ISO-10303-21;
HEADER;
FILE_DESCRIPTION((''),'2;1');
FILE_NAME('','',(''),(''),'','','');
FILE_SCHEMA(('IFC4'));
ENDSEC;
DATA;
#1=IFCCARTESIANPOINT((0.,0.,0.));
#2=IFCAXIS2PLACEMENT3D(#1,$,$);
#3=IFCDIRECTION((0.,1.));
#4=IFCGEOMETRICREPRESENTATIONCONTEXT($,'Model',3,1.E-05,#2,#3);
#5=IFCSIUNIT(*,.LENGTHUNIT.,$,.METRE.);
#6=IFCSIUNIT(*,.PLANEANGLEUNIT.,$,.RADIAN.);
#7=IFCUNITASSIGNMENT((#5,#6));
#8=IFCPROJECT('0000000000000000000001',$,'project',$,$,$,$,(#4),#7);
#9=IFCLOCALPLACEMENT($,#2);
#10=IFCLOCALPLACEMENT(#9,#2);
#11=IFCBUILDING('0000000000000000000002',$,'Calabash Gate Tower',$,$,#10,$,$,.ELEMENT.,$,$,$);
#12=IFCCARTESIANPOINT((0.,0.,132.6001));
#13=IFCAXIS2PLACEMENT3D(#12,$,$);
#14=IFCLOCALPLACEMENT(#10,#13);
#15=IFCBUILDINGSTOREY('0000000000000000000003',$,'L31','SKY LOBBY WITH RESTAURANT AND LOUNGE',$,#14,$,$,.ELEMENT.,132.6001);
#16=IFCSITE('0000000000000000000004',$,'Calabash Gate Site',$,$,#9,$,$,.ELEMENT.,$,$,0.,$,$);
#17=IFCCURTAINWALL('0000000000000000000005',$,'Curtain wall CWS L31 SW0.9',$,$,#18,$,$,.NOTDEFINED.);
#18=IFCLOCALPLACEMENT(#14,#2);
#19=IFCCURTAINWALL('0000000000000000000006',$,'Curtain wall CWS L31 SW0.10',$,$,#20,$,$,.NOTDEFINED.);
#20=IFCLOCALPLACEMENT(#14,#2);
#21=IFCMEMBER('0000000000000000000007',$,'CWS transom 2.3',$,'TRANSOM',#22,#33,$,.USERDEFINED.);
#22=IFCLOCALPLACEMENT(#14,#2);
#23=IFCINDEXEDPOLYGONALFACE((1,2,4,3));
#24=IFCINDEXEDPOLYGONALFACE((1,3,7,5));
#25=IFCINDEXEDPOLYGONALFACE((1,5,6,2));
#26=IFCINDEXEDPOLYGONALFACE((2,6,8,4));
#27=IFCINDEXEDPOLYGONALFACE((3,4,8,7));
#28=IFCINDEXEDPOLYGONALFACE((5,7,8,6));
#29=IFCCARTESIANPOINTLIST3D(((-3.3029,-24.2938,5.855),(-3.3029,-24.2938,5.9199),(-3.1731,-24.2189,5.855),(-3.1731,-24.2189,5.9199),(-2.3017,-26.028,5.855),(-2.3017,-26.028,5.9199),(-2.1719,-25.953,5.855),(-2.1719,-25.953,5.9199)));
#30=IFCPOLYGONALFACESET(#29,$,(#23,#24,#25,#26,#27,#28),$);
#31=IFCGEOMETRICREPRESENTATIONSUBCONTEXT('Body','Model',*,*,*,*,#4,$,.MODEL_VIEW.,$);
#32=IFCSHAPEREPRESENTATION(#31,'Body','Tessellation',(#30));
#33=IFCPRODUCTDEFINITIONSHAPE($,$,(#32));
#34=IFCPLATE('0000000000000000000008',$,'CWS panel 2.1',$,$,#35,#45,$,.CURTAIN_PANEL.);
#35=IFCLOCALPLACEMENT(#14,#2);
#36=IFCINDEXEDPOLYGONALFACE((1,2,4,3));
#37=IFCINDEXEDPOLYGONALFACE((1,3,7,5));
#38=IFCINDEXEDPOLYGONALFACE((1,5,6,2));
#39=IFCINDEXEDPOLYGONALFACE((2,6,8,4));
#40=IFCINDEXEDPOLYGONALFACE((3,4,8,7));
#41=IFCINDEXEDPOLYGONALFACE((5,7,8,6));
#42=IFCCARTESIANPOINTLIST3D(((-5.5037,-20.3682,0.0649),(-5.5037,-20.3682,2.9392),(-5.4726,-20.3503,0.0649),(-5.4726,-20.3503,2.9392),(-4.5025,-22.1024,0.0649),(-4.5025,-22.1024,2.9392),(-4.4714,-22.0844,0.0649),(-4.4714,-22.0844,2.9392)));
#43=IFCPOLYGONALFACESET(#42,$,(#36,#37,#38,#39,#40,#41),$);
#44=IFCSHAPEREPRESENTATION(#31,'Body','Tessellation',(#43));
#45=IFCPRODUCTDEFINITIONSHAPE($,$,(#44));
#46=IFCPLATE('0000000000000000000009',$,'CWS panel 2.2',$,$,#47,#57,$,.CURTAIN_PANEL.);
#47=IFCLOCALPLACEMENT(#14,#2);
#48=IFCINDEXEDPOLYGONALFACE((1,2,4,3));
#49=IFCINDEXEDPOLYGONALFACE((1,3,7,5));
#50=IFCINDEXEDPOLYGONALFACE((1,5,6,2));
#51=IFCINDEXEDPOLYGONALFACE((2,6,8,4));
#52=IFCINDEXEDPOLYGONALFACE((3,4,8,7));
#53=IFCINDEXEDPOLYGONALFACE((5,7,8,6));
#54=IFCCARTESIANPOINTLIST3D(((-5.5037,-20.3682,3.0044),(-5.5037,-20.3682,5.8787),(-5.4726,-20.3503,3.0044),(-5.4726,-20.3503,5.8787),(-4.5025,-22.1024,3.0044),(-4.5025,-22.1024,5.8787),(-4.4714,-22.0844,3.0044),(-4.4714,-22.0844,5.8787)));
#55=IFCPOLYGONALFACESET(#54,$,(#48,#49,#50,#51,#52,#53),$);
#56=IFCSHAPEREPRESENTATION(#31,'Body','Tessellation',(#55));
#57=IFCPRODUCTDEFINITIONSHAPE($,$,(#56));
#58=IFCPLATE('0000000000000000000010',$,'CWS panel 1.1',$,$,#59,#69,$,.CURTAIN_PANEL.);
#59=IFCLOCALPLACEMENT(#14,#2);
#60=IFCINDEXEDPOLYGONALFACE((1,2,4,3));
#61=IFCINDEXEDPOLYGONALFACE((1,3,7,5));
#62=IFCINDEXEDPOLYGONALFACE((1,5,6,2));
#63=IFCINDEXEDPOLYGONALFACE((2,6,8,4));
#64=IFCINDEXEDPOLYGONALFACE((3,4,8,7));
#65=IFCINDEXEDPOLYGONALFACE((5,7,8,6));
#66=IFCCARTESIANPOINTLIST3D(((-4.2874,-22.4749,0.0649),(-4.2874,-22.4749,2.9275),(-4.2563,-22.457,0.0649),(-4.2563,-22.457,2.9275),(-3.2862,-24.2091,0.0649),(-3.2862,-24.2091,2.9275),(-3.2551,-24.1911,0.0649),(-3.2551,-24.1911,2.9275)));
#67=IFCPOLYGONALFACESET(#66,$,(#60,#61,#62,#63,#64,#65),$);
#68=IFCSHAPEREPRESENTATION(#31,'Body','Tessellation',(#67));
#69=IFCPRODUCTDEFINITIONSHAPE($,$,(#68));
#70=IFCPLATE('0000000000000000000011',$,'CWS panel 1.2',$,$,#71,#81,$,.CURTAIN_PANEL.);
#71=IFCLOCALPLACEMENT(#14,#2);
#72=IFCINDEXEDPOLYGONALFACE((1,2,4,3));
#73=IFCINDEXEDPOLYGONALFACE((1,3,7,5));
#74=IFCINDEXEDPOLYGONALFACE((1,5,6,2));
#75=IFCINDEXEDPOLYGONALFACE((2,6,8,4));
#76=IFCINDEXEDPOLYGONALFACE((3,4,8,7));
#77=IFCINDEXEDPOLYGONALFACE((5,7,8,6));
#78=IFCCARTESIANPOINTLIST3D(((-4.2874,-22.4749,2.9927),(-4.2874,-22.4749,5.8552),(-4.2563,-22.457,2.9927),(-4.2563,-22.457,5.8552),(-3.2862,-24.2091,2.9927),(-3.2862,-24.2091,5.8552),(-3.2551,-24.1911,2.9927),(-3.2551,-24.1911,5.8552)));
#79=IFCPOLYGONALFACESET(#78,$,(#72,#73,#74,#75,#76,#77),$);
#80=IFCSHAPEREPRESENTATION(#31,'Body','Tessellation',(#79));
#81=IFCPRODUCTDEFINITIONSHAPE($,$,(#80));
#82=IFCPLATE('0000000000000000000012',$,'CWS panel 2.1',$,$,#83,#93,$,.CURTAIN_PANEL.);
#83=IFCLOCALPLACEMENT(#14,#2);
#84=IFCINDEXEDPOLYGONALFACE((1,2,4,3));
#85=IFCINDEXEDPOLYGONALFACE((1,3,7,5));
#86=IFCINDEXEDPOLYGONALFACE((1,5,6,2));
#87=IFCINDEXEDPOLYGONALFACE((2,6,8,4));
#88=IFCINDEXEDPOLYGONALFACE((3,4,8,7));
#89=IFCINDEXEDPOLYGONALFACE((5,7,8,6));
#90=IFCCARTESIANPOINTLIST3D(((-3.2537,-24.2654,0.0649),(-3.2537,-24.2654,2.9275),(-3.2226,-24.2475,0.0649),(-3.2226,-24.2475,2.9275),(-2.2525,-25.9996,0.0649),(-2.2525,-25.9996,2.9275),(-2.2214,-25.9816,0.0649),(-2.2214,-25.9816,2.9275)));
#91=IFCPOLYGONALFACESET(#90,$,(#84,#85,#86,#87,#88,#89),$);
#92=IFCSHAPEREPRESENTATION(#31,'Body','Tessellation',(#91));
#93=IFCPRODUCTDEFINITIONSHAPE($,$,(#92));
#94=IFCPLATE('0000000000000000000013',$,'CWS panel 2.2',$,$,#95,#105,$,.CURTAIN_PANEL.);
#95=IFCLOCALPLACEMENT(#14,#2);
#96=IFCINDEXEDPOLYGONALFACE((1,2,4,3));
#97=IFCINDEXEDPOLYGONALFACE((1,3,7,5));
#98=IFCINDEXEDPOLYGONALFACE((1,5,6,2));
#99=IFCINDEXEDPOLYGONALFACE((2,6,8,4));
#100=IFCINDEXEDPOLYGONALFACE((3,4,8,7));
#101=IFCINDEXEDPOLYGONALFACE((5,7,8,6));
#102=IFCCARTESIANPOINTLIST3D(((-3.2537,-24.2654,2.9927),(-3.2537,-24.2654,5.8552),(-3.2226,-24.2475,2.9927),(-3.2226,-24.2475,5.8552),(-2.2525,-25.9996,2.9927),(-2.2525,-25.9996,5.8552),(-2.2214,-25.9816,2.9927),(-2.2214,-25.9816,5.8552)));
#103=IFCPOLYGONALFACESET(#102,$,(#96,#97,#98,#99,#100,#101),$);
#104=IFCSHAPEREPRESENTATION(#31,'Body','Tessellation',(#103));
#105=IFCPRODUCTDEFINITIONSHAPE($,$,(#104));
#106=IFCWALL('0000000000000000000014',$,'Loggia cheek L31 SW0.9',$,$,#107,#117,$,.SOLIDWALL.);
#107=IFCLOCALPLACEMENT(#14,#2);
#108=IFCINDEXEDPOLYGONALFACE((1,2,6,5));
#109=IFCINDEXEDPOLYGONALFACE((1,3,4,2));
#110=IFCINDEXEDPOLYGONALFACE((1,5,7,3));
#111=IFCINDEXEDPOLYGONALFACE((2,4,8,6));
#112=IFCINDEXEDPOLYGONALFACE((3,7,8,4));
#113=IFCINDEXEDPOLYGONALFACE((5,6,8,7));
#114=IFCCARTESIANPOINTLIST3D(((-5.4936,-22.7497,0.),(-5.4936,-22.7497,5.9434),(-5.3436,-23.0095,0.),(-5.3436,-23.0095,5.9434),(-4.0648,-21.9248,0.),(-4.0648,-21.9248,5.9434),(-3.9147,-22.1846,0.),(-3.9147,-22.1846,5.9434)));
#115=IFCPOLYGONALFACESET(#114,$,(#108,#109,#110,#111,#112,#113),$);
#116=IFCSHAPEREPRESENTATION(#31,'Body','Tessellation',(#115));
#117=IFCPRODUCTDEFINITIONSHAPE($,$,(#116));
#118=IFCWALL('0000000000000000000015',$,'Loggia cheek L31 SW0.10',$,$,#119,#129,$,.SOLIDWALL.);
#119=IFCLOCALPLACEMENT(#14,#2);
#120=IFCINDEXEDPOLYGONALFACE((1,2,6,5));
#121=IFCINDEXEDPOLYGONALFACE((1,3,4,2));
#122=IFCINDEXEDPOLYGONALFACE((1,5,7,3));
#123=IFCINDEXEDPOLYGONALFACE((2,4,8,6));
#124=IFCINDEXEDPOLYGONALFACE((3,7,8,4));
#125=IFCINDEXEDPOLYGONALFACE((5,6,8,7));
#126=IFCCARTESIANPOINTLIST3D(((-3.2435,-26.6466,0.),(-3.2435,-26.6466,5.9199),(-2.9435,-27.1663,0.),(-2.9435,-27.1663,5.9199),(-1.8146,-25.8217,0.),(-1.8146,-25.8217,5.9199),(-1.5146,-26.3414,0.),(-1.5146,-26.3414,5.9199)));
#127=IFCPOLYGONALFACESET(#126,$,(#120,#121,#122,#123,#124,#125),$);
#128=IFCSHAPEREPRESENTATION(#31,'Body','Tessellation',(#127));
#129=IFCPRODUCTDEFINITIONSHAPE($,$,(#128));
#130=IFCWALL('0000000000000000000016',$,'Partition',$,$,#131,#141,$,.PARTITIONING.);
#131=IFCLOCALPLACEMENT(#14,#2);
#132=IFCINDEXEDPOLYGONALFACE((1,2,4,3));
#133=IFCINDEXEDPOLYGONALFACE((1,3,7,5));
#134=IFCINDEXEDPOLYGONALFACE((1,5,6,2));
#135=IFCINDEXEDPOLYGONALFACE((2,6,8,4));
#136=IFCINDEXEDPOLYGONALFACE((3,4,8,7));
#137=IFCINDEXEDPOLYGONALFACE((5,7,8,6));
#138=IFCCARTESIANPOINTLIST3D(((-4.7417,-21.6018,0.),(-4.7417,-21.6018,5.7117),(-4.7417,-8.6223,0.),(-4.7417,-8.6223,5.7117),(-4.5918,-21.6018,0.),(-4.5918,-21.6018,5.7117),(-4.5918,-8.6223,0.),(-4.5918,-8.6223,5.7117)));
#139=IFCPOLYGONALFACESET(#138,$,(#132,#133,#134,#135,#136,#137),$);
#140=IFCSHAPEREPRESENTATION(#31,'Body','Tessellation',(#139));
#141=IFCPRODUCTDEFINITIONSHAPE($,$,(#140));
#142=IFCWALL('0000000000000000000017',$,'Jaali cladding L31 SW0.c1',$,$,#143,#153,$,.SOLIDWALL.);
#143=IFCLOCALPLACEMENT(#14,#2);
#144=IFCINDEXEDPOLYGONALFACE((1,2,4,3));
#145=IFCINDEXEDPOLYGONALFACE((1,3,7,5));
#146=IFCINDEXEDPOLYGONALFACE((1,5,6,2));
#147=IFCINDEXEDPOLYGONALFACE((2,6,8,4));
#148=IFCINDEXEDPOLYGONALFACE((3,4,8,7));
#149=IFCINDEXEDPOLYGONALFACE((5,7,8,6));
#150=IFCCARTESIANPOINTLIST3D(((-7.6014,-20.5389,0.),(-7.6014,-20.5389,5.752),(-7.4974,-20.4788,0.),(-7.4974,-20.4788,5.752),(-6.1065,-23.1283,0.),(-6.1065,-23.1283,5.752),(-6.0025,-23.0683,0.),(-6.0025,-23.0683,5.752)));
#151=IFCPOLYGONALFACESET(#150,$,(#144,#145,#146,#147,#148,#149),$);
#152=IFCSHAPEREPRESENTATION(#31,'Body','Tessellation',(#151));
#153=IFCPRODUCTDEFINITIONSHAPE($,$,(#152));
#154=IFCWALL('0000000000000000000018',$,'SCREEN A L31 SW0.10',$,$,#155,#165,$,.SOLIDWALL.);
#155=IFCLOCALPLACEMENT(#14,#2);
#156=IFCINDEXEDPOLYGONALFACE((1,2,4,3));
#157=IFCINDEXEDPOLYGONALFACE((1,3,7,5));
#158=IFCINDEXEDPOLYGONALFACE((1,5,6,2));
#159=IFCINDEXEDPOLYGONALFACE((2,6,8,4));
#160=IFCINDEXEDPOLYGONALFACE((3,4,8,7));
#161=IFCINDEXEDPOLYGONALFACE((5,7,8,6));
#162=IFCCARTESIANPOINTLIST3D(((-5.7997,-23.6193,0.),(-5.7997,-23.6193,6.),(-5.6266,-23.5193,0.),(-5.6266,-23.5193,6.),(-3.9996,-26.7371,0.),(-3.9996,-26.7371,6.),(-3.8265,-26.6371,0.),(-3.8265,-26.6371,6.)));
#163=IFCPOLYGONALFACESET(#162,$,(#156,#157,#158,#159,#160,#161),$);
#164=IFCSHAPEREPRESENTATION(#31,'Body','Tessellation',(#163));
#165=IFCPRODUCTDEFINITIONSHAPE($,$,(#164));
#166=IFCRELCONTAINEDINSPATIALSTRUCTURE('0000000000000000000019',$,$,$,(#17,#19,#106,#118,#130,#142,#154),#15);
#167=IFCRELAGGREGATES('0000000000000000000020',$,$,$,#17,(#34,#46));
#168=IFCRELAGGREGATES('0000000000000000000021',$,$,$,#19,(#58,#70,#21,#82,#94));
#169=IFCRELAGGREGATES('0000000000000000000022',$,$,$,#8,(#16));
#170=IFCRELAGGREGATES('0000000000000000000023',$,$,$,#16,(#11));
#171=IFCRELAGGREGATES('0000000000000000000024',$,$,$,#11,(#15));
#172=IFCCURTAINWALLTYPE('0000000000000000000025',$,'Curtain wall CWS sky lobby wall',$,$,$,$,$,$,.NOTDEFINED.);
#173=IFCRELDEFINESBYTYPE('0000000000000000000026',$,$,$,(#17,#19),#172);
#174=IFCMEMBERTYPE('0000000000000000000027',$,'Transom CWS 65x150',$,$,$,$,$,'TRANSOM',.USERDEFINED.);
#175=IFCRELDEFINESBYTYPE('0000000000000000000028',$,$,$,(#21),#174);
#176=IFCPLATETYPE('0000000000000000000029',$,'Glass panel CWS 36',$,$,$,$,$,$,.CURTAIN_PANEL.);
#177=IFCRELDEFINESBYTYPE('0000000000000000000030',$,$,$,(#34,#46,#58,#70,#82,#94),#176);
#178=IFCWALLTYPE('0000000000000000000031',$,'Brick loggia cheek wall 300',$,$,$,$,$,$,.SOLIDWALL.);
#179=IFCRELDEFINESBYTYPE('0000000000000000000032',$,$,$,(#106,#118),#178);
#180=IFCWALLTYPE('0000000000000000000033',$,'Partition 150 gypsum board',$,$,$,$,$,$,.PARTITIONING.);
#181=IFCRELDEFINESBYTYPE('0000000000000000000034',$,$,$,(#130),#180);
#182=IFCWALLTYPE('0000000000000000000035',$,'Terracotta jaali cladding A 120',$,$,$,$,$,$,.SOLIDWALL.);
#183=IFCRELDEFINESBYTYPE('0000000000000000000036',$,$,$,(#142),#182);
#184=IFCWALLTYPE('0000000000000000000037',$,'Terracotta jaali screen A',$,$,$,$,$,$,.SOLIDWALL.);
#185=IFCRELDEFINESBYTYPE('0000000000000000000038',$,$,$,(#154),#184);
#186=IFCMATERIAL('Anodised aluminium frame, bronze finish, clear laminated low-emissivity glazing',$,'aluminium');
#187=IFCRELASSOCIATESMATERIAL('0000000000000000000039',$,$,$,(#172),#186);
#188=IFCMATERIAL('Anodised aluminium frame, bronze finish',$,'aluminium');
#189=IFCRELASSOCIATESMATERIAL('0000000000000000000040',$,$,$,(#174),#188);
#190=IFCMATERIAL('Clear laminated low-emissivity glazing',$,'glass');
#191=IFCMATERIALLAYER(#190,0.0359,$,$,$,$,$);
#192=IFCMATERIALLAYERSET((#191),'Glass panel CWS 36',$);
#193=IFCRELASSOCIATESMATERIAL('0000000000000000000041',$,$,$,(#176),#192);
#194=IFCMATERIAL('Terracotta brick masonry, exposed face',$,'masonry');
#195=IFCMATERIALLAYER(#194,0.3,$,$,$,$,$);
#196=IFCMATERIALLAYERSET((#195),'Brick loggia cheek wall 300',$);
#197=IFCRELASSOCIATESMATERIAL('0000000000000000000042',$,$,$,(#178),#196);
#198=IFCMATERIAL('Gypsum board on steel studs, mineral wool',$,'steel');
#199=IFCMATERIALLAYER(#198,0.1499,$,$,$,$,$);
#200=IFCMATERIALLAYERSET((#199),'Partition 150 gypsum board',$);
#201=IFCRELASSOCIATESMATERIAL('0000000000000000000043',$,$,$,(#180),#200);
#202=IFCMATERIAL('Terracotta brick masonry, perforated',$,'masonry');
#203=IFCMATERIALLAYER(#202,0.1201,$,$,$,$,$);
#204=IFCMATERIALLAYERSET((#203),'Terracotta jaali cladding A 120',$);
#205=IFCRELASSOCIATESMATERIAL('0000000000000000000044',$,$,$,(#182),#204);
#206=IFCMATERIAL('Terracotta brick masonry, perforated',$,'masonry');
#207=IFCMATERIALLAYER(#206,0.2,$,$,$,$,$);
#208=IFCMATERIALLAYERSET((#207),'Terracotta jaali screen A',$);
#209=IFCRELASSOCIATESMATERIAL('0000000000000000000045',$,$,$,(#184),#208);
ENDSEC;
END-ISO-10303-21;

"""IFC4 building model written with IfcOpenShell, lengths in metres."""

from ifc_helpers import new_model, si_unit, direction, frame, frame_2d, origin, origin_2d, place, context, subcontext, project, spatial, rectangle, extrude, material, layer, layer_set, material_profile, profile_set, type_object, element, aggregate, save


model = new_model("IFC4")

# Units and contexts
model_context = context("Model", 3, precision=1e-05, world=origin(), true_north=direction((0.0, 1.0)))
body_context = subcontext(model_context, "Body", "Model", "MODEL_VIEW")
ifc_project = project(units=[si_unit("LENGTHUNIT", "METRE"), si_unit("PLANEANGLEUNIT", "RADIAN")], contexts=[model_context])

# Site, building, storey
site_placement = place(None, origin())
site = spatial("IfcSite", under=ifc_project, at=site_placement, Name="Calabash Gate Site", CompositionType="ELEMENT", RefElevation=0.0)
building_placement = place(site_placement, origin())
building = spatial("IfcBuilding", under=site, at=building_placement, Name="Calabash Gate Tower", CompositionType="ELEMENT")
storey_placement = place(building_placement, frame((0.0, 0.0, 132.6001)))
storey = spatial("IfcBuildingStorey", under=building, at=storey_placement, Name="L31", Description="SKY LOBBY WITH RESTAURANT AND LOUNGE", CompositionType="ELEMENT", Elevation=132.6001)

# Curtain wall
ifc_material_1 = material(Name="Anodised aluminium frame, bronze finish, clear laminated low-emissivity glazing", Category="aluminium")
curtain_wall_type = type_object("IfcCurtainWallType", Name="Curtain wall CWS sky lobby wall", PredefinedType="NOTDEFINED", material=ifc_material_1)
curtain_wall_1_placement = place(storey_placement, origin())
curtain_wall_1 = element("IfcCurtainWall", 1, at=curtain_wall_1_placement, inside=storey, type_object=curtain_wall_type, Name="Curtain wall CWS L31 SW0.9", PredefinedType="NOTDEFINED")

# Curtain wall
curtain_wall_2_placement = place(storey_placement, origin())
curtain_wall_2 = element("IfcCurtainWall", 2, at=curtain_wall_2_placement, inside=storey, type_object=curtain_wall_type, Name="Curtain wall CWS L31 SW0.10", PredefinedType="NOTDEFINED")

# Member
ifc_material_2 = material(Name="Anodised aluminium frame, bronze finish", Category="aluminium")
ifc_material_profile_1 = material_profile(ifc_material_2, rectangle(XDim=0.1499, YDim=0.0649, at=origin_2d()))
ifc_profile_set_1 = profile_set([ifc_material_profile_1], Name="Anodised aluminium frame, bronze finish")
member_type_1 = type_object("IfcMemberType", Name="Transom CWS 65x150", ElementType="TRANSOM", PredefinedType="USERDEFINED", material=ifc_profile_set_1)
member_1_placement = place(storey_placement, frame((-3.238, -24.2563, 5.8875), z_axis=(0.500007, -0.866021, 0.0), x_axis=(0.866021, 0.500007, 0.0)))
member_1 = element("IfcMember", 3, at=member_1_placement, type_object=member_type_1, Name="CWS transom 2.3", ObjectType="TRANSOM", PredefinedType="USERDEFINED", context=body_context, shape_type="SweptSolid", body=[
    extrude(rectangle(XDim=0.1499, YDim=0.0649, at=origin_2d()), origin(), (0.0, 0.0, 1.0), 2.0024),
])

# Plates
ifc_material_3 = material(Name="Clear laminated low-emissivity glazing", Category="glass")
ifc_layer_1 = layer(ifc_material_3, 0.0359)
ifc_layer_set_1 = layer_set([ifc_layer_1], Name="Glass panel CWS 36")
plate_type = type_object("IfcPlateType", Name="Glass panel CWS 36", PredefinedType="CURTAIN_PANEL", material=ifc_layer_set_1)
plate_1_placement = place(storey_placement, frame((-4.9875, -21.2263, 0.0649), z_axis=(0.0, 0.0, 1.0), x_axis=(0.5, -0.866025, 0.0)))
plate_1 = element("IfcPlate", 4, at=plate_1_placement, type_object=plate_type, Name="CWS panel 2.1", PredefinedType="CURTAIN_PANEL", context=body_context, shape_type="SweptSolid", body=[
    extrude(rectangle(XDim=2.0024, YDim=0.0359, at=origin_2d()), origin(), (0.0, 0.0, 1.0), 2.8743),
])
plate_2_placement = place(storey_placement, frame((-4.9875, -21.2263, 3.0044), z_axis=(0.0, 0.0, 1.0), x_axis=(0.5, -0.866025, 0.0)))
plate_2 = element("IfcPlate", 5, at=plate_2_placement, type_object=plate_type, Name="CWS panel 2.2", PredefinedType="CURTAIN_PANEL", context=body_context, shape_type="SweptSolid", body=[
    extrude(rectangle(XDim=2.0024, YDim=0.0359, at=origin_2d()), origin(), (0.0, 0.0, 1.0), 2.8743),
])
aggregate(curtain_wall_1, [plate_1, plate_2])
plate_3_placement = place(storey_placement, frame((-3.7712, -23.333, 0.0649), z_axis=(0.0, 0.0, 1.0), x_axis=(0.5, -0.866025, 0.0)))
plate_3 = element("IfcPlate", 6, at=plate_3_placement, type_object=plate_type, Name="CWS panel 1.1", PredefinedType="CURTAIN_PANEL", context=body_context, shape_type="SweptSolid", body=[
    extrude(rectangle(XDim=2.0024, YDim=0.0359, at=origin_2d()), origin(), (0.0, 0.0, 1.0), 2.8625),
])
plate_4_placement = place(storey_placement, frame((-3.7712, -23.333, 2.9927), z_axis=(0.0, 0.0, 1.0), x_axis=(0.5, -0.866025, 0.0)))
plate_4 = element("IfcPlate", 7, at=plate_4_placement, type_object=plate_type, Name="CWS panel 1.2", PredefinedType="CURTAIN_PANEL", context=body_context, shape_type="SweptSolid", body=[
    extrude(rectangle(XDim=2.0024, YDim=0.0359, at=origin_2d()), origin(), (0.0, 0.0, 1.0), 2.8625),
])
plate_5_placement = place(storey_placement, frame((-2.7375, -25.1235, 0.0649), z_axis=(0.0, 0.0, 1.0), x_axis=(0.5, -0.866025, 0.0)))
plate_5 = element("IfcPlate", 8, at=plate_5_placement, type_object=plate_type, Name="CWS panel 2.1", PredefinedType="CURTAIN_PANEL", context=body_context, shape_type="SweptSolid", body=[
    extrude(rectangle(XDim=2.0024, YDim=0.0359, at=origin_2d()), origin(), (0.0, 0.0, 1.0), 2.8625),
])
plate_6_placement = place(storey_placement, frame((-2.7375, -25.1235, 2.9927), z_axis=(0.0, 0.0, 1.0), x_axis=(0.5, -0.866025, 0.0)))
plate_6 = element("IfcPlate", 9, at=plate_6_placement, type_object=plate_type, Name="CWS panel 2.2", PredefinedType="CURTAIN_PANEL", context=body_context, shape_type="SweptSolid", body=[
    extrude(rectangle(XDim=2.0024, YDim=0.0359, at=origin_2d()), origin(), (0.0, 0.0, 1.0), 2.8625),
])
aggregate(curtain_wall_2, [plate_3, plate_4, member_1, plate_5, plate_6])

# Walls
ifc_material_4 = material(Name="Terracotta brick masonry, exposed face", Category="masonry")
ifc_layer_2 = layer(ifc_material_4, 0.3)
ifc_layer_set_2 = layer_set([ifc_layer_2], Name="Brick loggia cheek wall 300")
wall_type_1 = type_object("IfcWallType", Name="Brick loggia cheek wall 300", PredefinedType="SOLIDWALL", material=ifc_layer_set_2)
wall_1_placement = place(storey_placement, frame((-3.9897, -22.0547, 0.0), z_axis=(0.0, 0.0, 1.0), x_axis=(-0.86604, -0.499974, 0.0)))
element("IfcWall", 10, at=wall_1_placement, inside=storey, type_object=wall_type_1, Name="Loggia cheek L31 SW0.9", PredefinedType="SOLIDWALL", context=body_context, shape_type="SweptSolid", body=[
    extrude(rectangle(XDim=1.6499, YDim=0.3, at=frame_2d((0.825, 0.0))), origin(), (0.0, 0.0, 1.0), 5.9434),
])
wall_2_placement = place(storey_placement, frame((-3.0935, -26.9065, 0.0), z_axis=(0.0, 0.0, 1.0), x_axis=(0.86604, 0.499974, 0.0)))
element("IfcWall", 11, at=wall_2_placement, inside=storey, type_object=wall_type_1, Name="Loggia cheek L31 SW0.10", PredefinedType="SOLIDWALL", context=body_context, shape_type="SweptSolid", body=[
    extrude(rectangle(XDim=1.6499, YDim=0.6001, at=frame_2d((0.825, 0.0))), origin(), (0.0, 0.0, 1.0), 5.9199),
])
ifc_material_5 = material(Name="Gypsum board on steel studs, mineral wool", Category="steel")
ifc_layer_3 = layer(ifc_material_5, 0.1499)
ifc_layer_set_3 = layer_set([ifc_layer_3], Name="Partition 150 gypsum board")
wall_type_2 = type_object("IfcWallType", Name="Partition 150 gypsum board", PredefinedType="PARTITIONING", material=ifc_layer_set_3)
wall_3_placement = place(storey_placement, frame((-4.6667, -21.6018, 0.0), z_axis=(0.0, 0.0, 1.0), x_axis=(0.0, 1.0, 0.0)))
element("IfcWall", 12, at=wall_3_placement, inside=storey, type_object=wall_type_2, Name="Partition", PredefinedType="PARTITIONING", context=body_context, shape_type="SweptSolid", body=[
    extrude(rectangle(XDim=12.9795, YDim=0.1499, at=frame_2d((6.4897, 0.0))), origin(), (0.0, 0.0, 1.0), 5.7117),
])
ifc_material_6 = material(Name="Terracotta brick masonry, perforated", Category="masonry")
ifc_layer_4 = layer(ifc_material_6, 0.1201)
ifc_layer_set_4 = layer_set([ifc_layer_4], Name="Terracotta jaali cladding A 120")
wall_type_3 = type_object("IfcWallType", Name="Terracotta jaali cladding A 120", PredefinedType="SOLIDWALL", material=ifc_layer_set_4)
wall_4_placement = place(storey_placement, frame((-6.0544, -23.0984, 0.0), z_axis=(0.0, 0.0, 1.0), x_axis=(-0.499977, 0.866039, 0.0)))
element("IfcWall", 13, at=wall_4_placement, inside=storey, type_object=wall_type_3, Name="Jaali cladding L31 SW0.c1", PredefinedType="SOLIDWALL", context=body_context, shape_type="SweptSolid", body=[
    extrude(rectangle(XDim=2.99, YDim=0.1201, at=frame_2d((1.4951, 0.0))), origin(), (0.0, 0.0, 1.0), 5.752),
])
ifc_material_7 = material(Name="Terracotta brick masonry, perforated", Category="masonry")
ifc_layer_5 = layer(ifc_material_7, 0.2)
ifc_layer_set_5 = layer_set([ifc_layer_5], Name="Terracotta jaali screen A")
wall_type_4 = type_object("IfcWallType", Name="Terracotta jaali screen A", PredefinedType="SOLIDWALL", material=ifc_layer_set_5)
wall_5_placement = place(storey_placement, frame((-5.7131, -23.5693, 0.0), z_axis=(0.0, 0.0, 1.0), x_axis=(0.500012, -0.866018, 0.0)))
element("IfcWall", 14, at=wall_5_placement, inside=storey, type_object=wall_type_4, Name="SCREEN A L31 SW0.10", PredefinedType="SOLIDWALL", context=body_context, shape_type="SweptSolid", body=[
    extrude(rectangle(XDim=3.6001, YDim=0.2, at=frame_2d((1.8, 0.0))), origin(), (0.0, 0.0, 1.0), 6.0),
])

save(model, "model.ifc")
